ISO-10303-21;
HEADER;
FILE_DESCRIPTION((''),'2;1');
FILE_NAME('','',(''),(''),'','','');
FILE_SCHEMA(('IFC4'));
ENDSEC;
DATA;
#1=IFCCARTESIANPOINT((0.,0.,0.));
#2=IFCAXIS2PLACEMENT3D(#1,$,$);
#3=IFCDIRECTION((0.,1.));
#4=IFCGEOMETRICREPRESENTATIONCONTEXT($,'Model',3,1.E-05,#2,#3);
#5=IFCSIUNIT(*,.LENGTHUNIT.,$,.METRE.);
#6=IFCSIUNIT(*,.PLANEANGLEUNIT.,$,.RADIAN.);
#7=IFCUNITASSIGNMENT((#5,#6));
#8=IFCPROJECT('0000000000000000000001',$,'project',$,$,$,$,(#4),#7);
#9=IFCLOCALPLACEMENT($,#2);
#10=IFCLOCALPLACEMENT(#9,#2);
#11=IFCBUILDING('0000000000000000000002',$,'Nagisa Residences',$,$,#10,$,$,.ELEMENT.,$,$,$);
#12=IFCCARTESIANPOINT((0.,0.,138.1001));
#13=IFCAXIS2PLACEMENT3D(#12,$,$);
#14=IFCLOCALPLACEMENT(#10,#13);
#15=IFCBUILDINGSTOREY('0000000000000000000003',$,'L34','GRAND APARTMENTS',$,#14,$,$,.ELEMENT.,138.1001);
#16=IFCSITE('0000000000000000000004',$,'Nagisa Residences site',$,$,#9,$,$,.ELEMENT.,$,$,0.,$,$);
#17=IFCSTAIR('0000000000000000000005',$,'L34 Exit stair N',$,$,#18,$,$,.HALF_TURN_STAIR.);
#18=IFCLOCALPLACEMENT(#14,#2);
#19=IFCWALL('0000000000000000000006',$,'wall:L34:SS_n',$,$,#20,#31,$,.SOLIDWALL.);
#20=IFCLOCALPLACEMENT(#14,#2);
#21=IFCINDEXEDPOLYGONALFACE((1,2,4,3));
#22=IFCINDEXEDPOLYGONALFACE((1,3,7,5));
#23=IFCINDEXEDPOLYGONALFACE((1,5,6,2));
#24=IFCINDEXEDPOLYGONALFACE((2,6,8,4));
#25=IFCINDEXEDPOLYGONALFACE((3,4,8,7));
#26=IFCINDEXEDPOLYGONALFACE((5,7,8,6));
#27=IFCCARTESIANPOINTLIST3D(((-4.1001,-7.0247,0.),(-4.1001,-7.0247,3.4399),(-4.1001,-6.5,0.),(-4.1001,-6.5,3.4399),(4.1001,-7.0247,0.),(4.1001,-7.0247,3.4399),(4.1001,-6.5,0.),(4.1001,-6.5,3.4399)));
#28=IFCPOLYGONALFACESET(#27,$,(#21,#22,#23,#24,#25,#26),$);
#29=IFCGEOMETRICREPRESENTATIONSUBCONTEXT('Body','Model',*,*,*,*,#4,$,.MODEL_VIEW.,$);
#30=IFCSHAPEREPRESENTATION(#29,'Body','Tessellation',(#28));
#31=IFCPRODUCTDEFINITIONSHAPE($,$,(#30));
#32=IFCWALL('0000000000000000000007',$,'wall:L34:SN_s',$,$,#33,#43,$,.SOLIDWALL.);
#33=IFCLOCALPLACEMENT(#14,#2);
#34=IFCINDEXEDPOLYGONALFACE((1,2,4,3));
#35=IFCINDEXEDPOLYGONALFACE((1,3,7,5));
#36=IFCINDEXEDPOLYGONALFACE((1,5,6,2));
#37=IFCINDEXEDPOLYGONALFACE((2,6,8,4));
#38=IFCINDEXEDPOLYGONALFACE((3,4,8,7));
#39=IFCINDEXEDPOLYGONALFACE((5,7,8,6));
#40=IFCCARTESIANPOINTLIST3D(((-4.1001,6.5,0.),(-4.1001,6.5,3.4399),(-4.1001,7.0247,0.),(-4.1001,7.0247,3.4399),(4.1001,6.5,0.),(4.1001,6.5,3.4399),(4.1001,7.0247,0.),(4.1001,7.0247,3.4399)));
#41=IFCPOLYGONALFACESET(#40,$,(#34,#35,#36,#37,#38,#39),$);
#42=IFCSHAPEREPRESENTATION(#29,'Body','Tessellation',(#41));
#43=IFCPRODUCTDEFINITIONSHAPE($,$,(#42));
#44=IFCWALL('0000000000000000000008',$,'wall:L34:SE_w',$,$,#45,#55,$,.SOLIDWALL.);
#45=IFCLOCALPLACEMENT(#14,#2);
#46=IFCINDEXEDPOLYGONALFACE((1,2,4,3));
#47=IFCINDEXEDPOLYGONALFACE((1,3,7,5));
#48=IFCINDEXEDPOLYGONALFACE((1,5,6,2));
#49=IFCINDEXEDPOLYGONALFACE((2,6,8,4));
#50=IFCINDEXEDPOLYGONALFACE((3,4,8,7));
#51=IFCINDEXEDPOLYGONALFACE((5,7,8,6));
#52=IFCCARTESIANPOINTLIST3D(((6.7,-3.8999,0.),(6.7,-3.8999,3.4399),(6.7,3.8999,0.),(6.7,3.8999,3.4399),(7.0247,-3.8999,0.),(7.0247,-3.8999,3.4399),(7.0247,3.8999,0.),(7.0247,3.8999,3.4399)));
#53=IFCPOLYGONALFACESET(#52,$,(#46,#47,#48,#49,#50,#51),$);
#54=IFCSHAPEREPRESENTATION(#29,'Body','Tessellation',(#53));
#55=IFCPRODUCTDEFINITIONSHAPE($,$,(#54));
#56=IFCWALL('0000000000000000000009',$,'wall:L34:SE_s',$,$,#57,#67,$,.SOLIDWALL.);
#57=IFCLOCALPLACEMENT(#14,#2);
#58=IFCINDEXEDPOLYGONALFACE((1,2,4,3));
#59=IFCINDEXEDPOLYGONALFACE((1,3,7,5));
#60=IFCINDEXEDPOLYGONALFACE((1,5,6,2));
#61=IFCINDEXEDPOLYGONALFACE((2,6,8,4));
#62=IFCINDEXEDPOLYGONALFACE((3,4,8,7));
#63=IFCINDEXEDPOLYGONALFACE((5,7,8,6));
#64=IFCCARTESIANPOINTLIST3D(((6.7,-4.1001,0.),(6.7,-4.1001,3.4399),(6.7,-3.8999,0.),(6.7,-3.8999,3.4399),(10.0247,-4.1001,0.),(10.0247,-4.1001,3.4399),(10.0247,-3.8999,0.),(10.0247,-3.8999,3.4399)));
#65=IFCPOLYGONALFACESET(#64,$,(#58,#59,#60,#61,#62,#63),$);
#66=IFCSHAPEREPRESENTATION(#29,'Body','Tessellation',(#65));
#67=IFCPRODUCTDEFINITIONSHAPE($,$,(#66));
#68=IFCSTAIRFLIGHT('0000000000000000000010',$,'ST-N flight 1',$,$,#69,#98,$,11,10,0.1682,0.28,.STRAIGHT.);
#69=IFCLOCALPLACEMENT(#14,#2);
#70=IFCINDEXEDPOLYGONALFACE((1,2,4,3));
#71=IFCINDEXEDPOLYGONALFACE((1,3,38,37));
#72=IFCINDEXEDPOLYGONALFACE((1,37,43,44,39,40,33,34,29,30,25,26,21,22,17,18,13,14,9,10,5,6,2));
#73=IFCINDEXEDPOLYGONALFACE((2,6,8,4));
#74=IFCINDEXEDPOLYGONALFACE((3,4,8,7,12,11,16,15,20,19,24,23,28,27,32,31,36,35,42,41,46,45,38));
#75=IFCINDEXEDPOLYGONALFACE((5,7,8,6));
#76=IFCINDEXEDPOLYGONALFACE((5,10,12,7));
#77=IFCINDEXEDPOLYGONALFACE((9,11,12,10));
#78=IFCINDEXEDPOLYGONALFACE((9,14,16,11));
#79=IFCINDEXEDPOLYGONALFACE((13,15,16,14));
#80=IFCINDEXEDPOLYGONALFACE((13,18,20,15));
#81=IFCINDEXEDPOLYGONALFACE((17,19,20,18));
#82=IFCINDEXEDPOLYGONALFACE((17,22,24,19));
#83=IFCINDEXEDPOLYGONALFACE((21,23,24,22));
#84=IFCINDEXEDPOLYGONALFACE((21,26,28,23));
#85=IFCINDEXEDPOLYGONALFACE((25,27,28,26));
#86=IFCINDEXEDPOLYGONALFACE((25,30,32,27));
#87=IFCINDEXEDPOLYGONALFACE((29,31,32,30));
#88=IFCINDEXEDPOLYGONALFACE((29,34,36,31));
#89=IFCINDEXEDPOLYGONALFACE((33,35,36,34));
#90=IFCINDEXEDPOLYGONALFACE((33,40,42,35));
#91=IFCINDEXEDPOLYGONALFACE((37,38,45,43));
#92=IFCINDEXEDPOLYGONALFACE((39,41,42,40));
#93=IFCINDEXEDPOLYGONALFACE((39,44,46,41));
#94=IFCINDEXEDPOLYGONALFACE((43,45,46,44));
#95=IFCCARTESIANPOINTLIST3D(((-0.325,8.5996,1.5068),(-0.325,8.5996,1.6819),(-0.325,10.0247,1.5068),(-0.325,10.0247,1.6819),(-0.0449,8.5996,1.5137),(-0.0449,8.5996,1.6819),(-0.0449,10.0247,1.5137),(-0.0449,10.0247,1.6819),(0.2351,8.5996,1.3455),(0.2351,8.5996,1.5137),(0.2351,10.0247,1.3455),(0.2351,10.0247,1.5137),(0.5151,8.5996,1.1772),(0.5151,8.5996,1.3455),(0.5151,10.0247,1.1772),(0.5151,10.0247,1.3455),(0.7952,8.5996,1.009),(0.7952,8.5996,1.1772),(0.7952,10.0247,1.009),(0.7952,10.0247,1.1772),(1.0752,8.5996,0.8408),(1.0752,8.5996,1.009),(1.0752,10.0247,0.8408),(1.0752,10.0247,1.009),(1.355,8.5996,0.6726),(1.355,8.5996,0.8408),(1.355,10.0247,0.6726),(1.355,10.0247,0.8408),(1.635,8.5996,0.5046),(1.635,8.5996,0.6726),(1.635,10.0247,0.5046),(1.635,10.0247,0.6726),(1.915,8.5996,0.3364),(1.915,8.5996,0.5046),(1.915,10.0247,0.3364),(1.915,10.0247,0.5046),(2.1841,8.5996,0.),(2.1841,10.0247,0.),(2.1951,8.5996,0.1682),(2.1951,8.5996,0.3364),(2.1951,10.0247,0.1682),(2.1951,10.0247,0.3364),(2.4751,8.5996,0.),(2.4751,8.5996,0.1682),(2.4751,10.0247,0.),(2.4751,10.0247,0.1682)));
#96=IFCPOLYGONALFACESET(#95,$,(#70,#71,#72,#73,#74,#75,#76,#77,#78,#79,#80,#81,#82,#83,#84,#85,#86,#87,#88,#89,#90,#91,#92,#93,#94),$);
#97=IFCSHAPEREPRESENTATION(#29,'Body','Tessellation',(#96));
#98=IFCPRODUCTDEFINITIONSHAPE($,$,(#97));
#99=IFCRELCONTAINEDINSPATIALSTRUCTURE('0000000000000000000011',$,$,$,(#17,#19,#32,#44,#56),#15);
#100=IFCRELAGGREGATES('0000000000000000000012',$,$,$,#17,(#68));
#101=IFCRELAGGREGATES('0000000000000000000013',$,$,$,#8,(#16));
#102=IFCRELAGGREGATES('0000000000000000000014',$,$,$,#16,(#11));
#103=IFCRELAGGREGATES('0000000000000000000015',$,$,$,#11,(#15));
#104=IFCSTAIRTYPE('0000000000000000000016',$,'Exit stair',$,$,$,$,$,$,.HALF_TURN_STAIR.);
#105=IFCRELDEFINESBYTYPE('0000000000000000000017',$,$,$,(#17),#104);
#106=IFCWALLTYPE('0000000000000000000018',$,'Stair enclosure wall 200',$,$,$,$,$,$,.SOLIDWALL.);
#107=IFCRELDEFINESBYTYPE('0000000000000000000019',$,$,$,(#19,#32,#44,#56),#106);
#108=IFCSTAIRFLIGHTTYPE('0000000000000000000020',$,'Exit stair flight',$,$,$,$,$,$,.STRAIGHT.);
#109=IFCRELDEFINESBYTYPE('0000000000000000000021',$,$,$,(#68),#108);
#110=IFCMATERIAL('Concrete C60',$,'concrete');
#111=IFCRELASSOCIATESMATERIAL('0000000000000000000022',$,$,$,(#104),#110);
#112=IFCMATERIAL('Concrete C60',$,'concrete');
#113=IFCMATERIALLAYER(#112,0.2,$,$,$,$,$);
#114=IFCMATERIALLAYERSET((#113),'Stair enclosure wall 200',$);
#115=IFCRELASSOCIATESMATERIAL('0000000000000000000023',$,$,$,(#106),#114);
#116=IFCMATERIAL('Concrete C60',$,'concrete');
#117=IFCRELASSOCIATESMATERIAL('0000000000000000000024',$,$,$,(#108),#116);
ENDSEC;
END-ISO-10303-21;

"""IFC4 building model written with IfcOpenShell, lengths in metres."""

from ifc_helpers import new_model, si_unit, direction, frame, origin, place, context, subcontext, project, spatial, polyline, outline, extrude, material, layer, layer_set, type_object, element, aggregate, save


model = new_model("IFC4")

# Units and contexts
model_context = context("Model", 3, precision=1e-05, world=origin(), true_north=direction((0.0, 1.0)))
body_context = subcontext(model_context, "Body", "Model", "MODEL_VIEW")
ifc_project = project(units=[si_unit("LENGTHUNIT", "METRE"), si_unit("PLANEANGLEUNIT", "RADIAN")], contexts=[model_context])

# Site, building, storey
site_placement = place(None, origin())
site = spatial("IfcSite", under=ifc_project, at=site_placement, Name="Nagisa Residences site", CompositionType="ELEMENT", RefElevation=0.0)
building_placement = place(site_placement, origin())
building = spatial("IfcBuilding", under=site, at=building_placement, Name="Nagisa Residences", CompositionType="ELEMENT")
storey_placement = place(building_placement, frame((0.0, 0.0, 138.1001)))
storey = spatial("IfcBuildingStorey", under=building, at=storey_placement, Name="L34", Description="GRAND APARTMENTS", CompositionType="ELEMENT", Elevation=138.1001)

# Stair
ifc_material_1 = material(Name="Concrete C60", Category="concrete")
stair_type = type_object("IfcStairType", Name="Exit stair", PredefinedType="HALF_TURN_STAIR", material=ifc_material_1)
stair_1_placement = place(storey_placement, origin())
stair_1 = element("IfcStair", 1, at=stair_1_placement, inside=storey, type_object=stair_type, Name="L34 Exit stair N", PredefinedType="HALF_TURN_STAIR")

# Shared definitions
ifc_material_2 = material(Name="Concrete C60", Category="concrete")
ifc_layer_1 = layer(ifc_material_2, 0.2)
ifc_layer_set_1 = layer_set([ifc_layer_1], Name="Stair enclosure wall 200")
wall_type_1 = type_object("IfcWallType", Name="Stair enclosure wall 200", PredefinedType="SOLIDWALL", material=ifc_layer_set_1)

# Walls
wall_1_placement = place(storey_placement, origin())
element("IfcWall", 2, at=wall_1_placement, inside=storey, type_object=wall_type_1, Name="wall:L34:SS_n", PredefinedType="SOLIDWALL", context=body_context, shape_type="SweptSolid", body=[
    extrude(outline(polyline([(4.1001, -7.0247), (-4.1001, -7.0247), (-4.1001, -6.5), (4.1001, -6.5), (4.1001, -7.0247)])), origin(), (0.0, 0.0, 1.0), 3.4399),
])
wall_2_placement = place(storey_placement, origin())
element("IfcWall", 3, at=wall_2_placement, inside=storey, type_object=wall_type_1, Name="wall:L34:SN_s", PredefinedType="SOLIDWALL", context=body_context, shape_type="SweptSolid", body=[
    extrude(outline(polyline([(4.1001, 6.5), (-4.1001, 6.5), (-4.1001, 7.0247), (4.1001, 7.0247), (4.1001, 6.5)])), origin(), (0.0, 0.0, 1.0), 3.4399),
])
wall_3_placement = place(storey_placement, origin())
element("IfcWall", 4, at=wall_3_placement, inside=storey, type_object=wall_type_1, Name="wall:L34:SE_w", PredefinedType="SOLIDWALL", context=body_context, shape_type="SweptSolid", body=[
    extrude(outline(polyline([(7.0247, -3.8999), (6.7, -3.8999), (6.7, 3.8999), (7.0247, 3.8999), (7.0247, -3.8999)])), origin(), (0.0, 0.0, 1.0), 3.4399),
])
wall_4_placement = place(storey_placement, origin())
element("IfcWall", 5, at=wall_4_placement, inside=storey, type_object=wall_type_1, Name="wall:L34:SE_s", PredefinedType="SOLIDWALL", context=body_context, shape_type="SweptSolid", body=[
    extrude(outline(polyline([(10.0247, -4.1001), (6.7, -4.1001), (6.7, -3.8999), (10.0247, -3.8999), (10.0247, -4.1001)])), origin(), (0.0, 0.0, 1.0), 3.4399),
])

# Stair flight
ifc_material_3 = material(Name="Concrete C60", Category="concrete")
stair_flight_type = type_object("IfcStairFlightType", Name="Exit stair flight", PredefinedType="STRAIGHT", material=ifc_material_3)
stair_flight_placement = place(storey_placement, frame((2.4751, 9.312, 0.0), z_axis=(0.0, 0.0, 1.0), x_axis=(-1.0, 0.0, 0.0)))
stair_flight = element("IfcStairFlight", 6, at=stair_flight_placement, type_object=stair_flight_type, Name="ST-N flight 1", NumberOfRisers=11, NumberOfTreads=10, PredefinedType="STRAIGHT", RiserHeight=0.1682, TreadLength=0.28, context=body_context, shape_type="SweptSolid", body=[
    extrude(outline(polyline([(0.0, 0.0), (0.0, 0.1682), (0.28, 0.1682), (0.28, 0.3364), (0.5601, 0.3364), (0.5601, 0.5046), (0.8401, 0.5046), (0.8401, 0.6726), (1.1201, 0.6726), (1.1201, 0.8408), (1.3999, 0.8408), (1.3999, 1.009), (1.6799, 1.009), (1.6799, 1.1772), (1.96, 1.1772), (1.96, 1.3455), (2.24, 1.3455), (2.24, 1.5137), (2.52, 1.5137), (2.52, 1.6819), (2.8, 1.6819), (2.8, 1.8501), (2.8, 1.5068), (0.291, 0.0), (0.0, 0.0)])), frame((0.0, 0.7124, 0.0), z_axis=(0.0, -1.0, 0.0), x_axis=(1.0, 0.0, 0.0)), (0.0, 0.0, 1.0), 1.425),
])
aggregate(stair_1, [stair_flight])

save(model, "model.ifc")
